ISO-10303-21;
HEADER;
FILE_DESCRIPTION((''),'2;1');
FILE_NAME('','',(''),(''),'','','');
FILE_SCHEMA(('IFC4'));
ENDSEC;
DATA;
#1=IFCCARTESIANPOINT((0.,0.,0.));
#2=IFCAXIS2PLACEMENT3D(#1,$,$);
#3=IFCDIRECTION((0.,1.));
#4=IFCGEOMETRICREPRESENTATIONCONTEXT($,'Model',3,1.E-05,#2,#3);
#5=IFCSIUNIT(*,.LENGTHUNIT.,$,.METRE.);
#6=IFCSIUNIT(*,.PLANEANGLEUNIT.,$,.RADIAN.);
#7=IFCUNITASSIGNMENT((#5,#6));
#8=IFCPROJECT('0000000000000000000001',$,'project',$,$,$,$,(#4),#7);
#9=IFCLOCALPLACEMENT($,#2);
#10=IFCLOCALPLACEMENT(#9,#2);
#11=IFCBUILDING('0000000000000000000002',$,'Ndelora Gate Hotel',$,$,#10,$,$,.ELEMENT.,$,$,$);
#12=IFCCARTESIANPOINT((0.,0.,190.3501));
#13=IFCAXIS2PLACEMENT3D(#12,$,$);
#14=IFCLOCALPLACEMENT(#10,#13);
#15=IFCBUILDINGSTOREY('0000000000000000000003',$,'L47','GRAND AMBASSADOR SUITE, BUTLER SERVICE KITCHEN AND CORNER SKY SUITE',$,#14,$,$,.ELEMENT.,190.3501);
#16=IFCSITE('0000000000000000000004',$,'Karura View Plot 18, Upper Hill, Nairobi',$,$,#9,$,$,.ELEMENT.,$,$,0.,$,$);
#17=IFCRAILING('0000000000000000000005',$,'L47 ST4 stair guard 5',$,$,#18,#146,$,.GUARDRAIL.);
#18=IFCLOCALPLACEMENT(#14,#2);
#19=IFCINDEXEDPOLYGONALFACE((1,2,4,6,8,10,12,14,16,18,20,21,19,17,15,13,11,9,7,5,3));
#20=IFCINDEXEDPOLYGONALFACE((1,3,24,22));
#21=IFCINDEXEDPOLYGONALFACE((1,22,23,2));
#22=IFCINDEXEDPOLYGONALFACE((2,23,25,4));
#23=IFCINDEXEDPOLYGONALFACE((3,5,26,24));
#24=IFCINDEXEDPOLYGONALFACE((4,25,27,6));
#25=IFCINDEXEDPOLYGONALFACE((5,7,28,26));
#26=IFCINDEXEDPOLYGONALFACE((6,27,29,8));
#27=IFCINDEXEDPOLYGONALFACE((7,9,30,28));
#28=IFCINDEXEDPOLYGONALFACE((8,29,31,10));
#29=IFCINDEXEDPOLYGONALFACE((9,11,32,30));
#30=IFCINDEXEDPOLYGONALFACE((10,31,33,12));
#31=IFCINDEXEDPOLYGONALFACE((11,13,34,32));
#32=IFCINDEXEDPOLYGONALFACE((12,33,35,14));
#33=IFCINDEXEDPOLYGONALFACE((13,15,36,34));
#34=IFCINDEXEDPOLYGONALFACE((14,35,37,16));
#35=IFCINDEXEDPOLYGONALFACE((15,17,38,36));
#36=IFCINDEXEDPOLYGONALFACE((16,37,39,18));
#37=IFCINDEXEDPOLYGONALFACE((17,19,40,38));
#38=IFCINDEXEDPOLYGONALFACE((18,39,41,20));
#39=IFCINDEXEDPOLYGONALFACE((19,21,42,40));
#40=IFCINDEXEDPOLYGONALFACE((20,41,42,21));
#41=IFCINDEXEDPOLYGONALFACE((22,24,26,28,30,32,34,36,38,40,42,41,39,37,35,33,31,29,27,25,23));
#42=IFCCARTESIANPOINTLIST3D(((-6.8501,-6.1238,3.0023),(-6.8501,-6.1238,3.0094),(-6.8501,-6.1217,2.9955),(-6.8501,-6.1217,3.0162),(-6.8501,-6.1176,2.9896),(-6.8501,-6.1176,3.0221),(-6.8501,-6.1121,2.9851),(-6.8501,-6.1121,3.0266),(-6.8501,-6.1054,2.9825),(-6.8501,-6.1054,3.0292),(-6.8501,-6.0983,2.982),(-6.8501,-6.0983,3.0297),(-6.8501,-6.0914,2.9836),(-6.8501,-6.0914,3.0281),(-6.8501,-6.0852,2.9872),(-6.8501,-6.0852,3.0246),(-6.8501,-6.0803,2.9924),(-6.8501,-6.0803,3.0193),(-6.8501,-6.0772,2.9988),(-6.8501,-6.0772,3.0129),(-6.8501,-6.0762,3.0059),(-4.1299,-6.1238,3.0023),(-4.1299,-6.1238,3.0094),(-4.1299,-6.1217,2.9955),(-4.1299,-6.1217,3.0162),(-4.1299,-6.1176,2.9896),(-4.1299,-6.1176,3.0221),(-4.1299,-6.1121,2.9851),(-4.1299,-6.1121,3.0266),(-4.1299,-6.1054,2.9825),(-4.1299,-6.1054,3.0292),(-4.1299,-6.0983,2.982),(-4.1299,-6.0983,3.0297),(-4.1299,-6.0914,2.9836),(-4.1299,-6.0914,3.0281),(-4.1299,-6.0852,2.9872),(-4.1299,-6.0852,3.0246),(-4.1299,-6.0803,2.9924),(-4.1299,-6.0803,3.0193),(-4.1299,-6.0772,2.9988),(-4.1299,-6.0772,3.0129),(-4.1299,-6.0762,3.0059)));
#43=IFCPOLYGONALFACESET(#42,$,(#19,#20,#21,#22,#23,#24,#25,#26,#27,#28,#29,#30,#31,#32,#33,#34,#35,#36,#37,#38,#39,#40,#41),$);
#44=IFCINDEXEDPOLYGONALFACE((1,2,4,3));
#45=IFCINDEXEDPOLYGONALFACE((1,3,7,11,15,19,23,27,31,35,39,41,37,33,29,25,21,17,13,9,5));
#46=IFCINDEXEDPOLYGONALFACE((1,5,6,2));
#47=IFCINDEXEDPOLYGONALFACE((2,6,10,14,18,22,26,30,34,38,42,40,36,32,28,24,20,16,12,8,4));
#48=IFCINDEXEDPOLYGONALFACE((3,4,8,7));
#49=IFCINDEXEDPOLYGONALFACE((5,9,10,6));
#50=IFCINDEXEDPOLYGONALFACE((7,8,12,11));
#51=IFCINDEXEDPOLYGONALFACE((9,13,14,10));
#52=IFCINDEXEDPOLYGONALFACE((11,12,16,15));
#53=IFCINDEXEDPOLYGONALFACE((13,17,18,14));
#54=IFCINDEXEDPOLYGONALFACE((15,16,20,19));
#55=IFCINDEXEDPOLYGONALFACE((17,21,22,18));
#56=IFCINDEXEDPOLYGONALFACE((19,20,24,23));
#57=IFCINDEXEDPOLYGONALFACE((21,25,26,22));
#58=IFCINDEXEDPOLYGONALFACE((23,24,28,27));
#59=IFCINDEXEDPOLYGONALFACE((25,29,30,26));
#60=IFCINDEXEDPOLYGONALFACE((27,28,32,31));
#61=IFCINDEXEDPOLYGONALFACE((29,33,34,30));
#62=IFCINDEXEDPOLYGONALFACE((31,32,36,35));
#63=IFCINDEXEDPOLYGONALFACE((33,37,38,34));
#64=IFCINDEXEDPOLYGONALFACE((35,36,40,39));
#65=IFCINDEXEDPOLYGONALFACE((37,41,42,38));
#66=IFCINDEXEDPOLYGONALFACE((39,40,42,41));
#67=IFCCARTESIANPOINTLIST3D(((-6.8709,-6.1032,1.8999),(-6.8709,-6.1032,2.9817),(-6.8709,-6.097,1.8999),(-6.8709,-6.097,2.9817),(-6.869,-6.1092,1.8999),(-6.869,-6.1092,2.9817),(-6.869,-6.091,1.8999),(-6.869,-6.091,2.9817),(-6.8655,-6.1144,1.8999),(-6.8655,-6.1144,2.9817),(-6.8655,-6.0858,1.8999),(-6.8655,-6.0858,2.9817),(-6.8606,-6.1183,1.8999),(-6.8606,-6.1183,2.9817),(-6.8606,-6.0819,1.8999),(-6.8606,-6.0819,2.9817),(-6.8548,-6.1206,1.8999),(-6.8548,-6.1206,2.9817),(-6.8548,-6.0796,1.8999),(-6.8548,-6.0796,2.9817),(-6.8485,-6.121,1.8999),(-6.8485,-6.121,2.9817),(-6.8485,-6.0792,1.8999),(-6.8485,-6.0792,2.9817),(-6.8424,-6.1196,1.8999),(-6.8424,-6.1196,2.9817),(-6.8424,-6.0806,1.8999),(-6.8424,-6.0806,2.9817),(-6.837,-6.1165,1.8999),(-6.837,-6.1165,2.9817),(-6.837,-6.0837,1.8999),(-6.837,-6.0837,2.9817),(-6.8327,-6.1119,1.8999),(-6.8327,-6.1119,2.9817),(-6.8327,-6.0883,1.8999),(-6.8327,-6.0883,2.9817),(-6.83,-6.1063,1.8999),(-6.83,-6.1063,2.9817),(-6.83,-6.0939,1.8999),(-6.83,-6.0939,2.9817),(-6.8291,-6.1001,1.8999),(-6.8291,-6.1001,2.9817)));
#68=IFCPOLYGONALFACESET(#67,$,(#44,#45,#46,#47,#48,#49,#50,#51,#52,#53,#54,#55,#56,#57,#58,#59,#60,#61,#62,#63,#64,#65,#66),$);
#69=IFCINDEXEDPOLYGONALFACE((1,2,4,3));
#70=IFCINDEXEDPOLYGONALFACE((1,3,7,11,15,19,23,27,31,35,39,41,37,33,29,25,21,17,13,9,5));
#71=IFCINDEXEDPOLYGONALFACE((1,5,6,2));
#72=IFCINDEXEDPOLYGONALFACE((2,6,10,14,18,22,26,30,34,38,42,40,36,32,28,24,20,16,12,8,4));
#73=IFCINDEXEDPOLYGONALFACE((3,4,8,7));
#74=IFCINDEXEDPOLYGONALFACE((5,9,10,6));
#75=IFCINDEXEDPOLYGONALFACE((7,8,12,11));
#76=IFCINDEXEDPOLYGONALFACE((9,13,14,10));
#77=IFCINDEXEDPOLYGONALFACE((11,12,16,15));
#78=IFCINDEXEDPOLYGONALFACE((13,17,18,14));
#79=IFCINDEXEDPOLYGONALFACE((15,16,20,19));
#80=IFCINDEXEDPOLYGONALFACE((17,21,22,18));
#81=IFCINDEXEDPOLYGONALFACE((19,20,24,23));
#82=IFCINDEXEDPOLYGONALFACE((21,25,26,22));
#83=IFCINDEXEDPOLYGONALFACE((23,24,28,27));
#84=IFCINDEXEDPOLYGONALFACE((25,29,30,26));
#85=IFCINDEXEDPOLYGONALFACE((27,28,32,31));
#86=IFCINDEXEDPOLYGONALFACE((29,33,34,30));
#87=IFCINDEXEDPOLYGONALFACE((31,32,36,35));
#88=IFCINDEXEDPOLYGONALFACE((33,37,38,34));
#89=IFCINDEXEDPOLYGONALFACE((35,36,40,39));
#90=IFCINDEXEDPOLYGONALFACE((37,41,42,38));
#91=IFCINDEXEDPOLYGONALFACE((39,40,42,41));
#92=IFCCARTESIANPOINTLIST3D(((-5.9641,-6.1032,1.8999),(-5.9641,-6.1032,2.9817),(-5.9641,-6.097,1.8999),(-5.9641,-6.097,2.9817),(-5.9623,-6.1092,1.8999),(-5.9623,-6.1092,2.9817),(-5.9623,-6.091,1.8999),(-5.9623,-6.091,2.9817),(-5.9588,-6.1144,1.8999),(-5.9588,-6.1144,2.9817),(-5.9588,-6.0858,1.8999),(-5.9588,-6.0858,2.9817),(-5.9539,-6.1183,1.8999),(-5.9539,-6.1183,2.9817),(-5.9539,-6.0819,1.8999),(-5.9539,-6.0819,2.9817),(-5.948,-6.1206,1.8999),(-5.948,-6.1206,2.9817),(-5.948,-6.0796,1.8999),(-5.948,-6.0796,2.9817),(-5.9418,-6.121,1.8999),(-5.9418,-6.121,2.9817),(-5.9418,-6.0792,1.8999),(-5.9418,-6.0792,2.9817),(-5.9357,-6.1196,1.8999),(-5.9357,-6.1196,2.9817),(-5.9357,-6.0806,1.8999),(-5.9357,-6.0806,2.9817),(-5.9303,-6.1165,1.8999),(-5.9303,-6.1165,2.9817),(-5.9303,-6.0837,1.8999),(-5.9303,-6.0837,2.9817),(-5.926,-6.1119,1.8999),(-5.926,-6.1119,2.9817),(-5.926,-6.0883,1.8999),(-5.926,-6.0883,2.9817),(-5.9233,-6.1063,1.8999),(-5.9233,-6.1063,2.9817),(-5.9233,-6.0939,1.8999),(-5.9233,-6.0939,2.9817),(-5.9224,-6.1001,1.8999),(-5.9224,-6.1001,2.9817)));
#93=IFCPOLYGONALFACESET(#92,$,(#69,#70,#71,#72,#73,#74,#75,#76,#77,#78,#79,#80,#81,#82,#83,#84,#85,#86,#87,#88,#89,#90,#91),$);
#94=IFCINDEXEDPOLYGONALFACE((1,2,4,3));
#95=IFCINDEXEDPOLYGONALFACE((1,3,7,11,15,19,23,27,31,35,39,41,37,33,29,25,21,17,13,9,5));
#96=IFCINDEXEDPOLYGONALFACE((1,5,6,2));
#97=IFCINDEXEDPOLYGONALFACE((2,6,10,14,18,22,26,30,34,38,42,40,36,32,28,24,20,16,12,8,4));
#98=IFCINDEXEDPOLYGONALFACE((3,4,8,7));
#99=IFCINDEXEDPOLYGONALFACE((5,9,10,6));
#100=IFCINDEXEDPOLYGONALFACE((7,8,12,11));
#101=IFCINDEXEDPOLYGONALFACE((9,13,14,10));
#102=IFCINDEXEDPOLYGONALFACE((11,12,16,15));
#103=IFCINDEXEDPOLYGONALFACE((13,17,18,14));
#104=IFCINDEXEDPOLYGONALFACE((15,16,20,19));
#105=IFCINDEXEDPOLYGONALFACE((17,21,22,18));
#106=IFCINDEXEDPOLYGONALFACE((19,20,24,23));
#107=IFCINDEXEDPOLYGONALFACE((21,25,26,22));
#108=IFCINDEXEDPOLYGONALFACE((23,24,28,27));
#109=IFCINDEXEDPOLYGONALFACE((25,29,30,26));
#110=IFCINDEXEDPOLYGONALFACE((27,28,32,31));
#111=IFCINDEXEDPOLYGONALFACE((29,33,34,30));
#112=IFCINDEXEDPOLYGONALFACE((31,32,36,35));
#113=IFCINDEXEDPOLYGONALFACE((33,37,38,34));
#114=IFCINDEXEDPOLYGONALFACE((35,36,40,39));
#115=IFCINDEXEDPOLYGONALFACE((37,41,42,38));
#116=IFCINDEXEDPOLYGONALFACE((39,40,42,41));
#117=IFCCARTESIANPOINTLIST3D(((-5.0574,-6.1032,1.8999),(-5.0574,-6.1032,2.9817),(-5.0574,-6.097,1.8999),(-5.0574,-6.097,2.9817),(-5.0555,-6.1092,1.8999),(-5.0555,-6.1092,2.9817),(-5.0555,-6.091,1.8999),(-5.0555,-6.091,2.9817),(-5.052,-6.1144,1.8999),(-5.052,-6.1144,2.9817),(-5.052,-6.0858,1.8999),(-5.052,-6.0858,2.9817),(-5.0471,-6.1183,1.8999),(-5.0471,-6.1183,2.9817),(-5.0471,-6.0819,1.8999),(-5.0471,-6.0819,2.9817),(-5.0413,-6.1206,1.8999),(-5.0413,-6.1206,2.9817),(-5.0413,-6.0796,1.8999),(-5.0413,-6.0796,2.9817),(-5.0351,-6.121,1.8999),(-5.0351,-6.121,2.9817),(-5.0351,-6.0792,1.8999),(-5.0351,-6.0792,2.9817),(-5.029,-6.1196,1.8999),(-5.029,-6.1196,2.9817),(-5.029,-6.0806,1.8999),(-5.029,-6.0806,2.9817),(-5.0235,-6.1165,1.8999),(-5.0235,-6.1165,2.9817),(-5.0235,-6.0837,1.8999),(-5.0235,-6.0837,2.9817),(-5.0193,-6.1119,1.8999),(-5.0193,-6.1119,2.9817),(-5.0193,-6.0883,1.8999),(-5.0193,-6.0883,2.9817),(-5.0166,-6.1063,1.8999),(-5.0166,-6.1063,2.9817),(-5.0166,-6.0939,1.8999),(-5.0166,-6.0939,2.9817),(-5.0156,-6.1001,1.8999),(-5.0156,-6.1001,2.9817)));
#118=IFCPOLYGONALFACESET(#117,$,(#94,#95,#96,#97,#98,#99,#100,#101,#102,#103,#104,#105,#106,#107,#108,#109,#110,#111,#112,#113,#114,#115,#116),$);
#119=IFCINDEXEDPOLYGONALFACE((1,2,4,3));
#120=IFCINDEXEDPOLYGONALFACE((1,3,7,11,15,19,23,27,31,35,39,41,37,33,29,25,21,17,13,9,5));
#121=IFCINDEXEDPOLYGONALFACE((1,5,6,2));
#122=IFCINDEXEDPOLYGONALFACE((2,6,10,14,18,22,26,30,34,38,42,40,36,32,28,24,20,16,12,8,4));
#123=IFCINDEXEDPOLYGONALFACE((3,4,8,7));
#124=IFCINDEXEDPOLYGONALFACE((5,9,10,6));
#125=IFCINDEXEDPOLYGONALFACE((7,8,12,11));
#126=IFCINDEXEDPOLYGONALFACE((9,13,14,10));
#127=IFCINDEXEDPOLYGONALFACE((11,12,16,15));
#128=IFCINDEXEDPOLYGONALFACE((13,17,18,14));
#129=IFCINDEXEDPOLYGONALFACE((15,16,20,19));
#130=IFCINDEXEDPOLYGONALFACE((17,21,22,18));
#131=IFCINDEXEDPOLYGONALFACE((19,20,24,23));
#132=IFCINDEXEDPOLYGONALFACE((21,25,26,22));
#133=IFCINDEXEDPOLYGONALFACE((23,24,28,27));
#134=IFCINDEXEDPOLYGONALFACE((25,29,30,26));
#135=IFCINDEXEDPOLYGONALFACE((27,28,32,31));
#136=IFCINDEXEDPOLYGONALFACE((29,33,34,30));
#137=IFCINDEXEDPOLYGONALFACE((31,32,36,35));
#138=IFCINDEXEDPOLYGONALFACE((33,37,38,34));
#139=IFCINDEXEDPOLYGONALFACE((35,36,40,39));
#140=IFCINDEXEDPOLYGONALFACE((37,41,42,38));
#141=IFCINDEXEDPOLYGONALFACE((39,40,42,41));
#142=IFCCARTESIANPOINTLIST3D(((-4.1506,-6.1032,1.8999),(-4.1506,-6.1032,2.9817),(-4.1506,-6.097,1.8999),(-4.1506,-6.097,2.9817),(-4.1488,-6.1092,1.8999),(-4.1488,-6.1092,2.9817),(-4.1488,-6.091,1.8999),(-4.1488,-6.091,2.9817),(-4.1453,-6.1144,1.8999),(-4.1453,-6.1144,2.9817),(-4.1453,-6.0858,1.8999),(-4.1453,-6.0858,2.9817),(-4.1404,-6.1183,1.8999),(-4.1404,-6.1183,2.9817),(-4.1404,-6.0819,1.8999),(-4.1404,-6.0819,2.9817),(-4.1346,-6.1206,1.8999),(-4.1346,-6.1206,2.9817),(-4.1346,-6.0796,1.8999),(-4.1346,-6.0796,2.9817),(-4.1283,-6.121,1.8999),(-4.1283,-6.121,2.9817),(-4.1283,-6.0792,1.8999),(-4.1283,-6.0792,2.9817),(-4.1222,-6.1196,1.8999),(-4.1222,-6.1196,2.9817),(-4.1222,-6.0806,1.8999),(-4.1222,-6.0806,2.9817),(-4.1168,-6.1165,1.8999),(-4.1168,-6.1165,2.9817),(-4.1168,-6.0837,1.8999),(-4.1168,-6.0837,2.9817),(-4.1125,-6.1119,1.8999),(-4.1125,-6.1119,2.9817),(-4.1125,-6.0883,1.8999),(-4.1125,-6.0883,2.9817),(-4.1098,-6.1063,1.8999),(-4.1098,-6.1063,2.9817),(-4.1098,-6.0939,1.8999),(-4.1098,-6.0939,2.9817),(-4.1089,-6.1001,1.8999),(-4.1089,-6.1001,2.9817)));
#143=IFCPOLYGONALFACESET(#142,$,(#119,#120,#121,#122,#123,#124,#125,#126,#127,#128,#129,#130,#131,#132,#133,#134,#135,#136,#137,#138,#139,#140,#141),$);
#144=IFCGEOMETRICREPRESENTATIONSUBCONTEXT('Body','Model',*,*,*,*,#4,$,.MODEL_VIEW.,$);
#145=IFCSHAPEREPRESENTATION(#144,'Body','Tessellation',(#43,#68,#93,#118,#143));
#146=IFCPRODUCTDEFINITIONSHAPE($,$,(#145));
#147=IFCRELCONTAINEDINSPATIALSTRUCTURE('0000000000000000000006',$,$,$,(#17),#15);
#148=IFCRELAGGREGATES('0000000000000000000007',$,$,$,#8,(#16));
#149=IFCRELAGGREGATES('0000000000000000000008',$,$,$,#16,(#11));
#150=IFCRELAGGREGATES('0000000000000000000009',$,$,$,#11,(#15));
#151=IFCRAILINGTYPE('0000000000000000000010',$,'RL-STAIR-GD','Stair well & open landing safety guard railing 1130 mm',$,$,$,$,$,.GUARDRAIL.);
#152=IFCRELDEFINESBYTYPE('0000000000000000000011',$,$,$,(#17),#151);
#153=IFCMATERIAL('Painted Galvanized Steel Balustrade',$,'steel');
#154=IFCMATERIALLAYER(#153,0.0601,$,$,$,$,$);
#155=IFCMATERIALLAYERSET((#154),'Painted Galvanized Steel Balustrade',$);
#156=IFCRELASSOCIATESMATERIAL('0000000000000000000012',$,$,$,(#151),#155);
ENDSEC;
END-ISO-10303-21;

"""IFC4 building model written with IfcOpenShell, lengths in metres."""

from ifc_helpers import new_model, si_unit, direction, frame, origin, origin_2d, place, context, subcontext, project, spatial, circle, extrude, material, layer, layer_set, type_object, element, save


model = new_model("IFC4")

# Units and contexts
model_context = context("Model", 3, precision=1e-05, world=origin(), true_north=direction((0.0, 1.0)))
body_context = subcontext(model_context, "Body", "Model", "MODEL_VIEW")
ifc_project = project(units=[si_unit("LENGTHUNIT", "METRE"), si_unit("PLANEANGLEUNIT", "RADIAN")], contexts=[model_context])

# Site, building, storey
site_placement = place(None, origin())
site = spatial("IfcSite", under=ifc_project, at=site_placement, Name="Karura View Plot 18, Upper Hill, Nairobi", CompositionType="ELEMENT", RefElevation=0.0)
building_placement = place(site_placement, origin())
building = spatial("IfcBuilding", under=site, at=building_placement, Name="Ndelora Gate Hotel", CompositionType="ELEMENT")
storey_placement = place(building_placement, frame((0.0, 0.0, 190.3501)))
storey = spatial("IfcBuildingStorey", under=building, at=storey_placement, Name="L47", Description="GRAND AMBASSADOR SUITE, BUTLER SERVICE KITCHEN AND CORNER SKY SUITE", CompositionType="ELEMENT", Elevation=190.3501)

# Railing
ifc_material_1 = material(Name="Painted Galvanized Steel Balustrade", Category="steel")
ifc_layer_1 = layer(ifc_material_1, 0.0601)
ifc_layer_set_1 = layer_set([ifc_layer_1], Name="Painted Galvanized Steel Balustrade")
railing_type_1 = type_object("IfcRailingType", Name="RL-STAIR-GD", Description="Stair well & open landing safety guard railing 1130 mm", PredefinedType="GUARDRAIL", material=ifc_layer_set_1)
railing_1_placement = place(storey_placement, frame((-6.8501, -6.1001, 1.8999)))
element("IfcRailing", 1, at=railing_1_placement, inside=storey, type_object=railing_type_1, Name="L47 ST4 stair guard 5", PredefinedType="GUARDRAIL", context=body_context, shape_type="SweptSolid", body=[
    extrude(circle(Radius=0.0239, at=origin_2d()), frame((0.0, 0.0, 1.106), z_axis=(1.0, 0.0, 0.0), x_axis=(0.0, 1.0, 0.0)), (0.0, 0.0, 1.0), 2.7202),
    extrude(circle(Radius=0.021, at=origin_2d()), origin(), (0.0, 0.0, 1.0), 1.0818),
    extrude(circle(Radius=0.021, at=origin_2d()), frame((0.9067, 0.0, 0.0)), (0.0, 0.0, 1.0), 1.0818),
    extrude(circle(Radius=0.021, at=origin_2d()), frame((1.8135, 0.0, 0.0)), (0.0, 0.0, 1.0), 1.0818),
    extrude(circle(Radius=0.021, at=origin_2d()), frame((2.7202, 0.0, 0.0)), (0.0, 0.0, 1.0), 1.0818),
])

save(model, "model.ifc")
